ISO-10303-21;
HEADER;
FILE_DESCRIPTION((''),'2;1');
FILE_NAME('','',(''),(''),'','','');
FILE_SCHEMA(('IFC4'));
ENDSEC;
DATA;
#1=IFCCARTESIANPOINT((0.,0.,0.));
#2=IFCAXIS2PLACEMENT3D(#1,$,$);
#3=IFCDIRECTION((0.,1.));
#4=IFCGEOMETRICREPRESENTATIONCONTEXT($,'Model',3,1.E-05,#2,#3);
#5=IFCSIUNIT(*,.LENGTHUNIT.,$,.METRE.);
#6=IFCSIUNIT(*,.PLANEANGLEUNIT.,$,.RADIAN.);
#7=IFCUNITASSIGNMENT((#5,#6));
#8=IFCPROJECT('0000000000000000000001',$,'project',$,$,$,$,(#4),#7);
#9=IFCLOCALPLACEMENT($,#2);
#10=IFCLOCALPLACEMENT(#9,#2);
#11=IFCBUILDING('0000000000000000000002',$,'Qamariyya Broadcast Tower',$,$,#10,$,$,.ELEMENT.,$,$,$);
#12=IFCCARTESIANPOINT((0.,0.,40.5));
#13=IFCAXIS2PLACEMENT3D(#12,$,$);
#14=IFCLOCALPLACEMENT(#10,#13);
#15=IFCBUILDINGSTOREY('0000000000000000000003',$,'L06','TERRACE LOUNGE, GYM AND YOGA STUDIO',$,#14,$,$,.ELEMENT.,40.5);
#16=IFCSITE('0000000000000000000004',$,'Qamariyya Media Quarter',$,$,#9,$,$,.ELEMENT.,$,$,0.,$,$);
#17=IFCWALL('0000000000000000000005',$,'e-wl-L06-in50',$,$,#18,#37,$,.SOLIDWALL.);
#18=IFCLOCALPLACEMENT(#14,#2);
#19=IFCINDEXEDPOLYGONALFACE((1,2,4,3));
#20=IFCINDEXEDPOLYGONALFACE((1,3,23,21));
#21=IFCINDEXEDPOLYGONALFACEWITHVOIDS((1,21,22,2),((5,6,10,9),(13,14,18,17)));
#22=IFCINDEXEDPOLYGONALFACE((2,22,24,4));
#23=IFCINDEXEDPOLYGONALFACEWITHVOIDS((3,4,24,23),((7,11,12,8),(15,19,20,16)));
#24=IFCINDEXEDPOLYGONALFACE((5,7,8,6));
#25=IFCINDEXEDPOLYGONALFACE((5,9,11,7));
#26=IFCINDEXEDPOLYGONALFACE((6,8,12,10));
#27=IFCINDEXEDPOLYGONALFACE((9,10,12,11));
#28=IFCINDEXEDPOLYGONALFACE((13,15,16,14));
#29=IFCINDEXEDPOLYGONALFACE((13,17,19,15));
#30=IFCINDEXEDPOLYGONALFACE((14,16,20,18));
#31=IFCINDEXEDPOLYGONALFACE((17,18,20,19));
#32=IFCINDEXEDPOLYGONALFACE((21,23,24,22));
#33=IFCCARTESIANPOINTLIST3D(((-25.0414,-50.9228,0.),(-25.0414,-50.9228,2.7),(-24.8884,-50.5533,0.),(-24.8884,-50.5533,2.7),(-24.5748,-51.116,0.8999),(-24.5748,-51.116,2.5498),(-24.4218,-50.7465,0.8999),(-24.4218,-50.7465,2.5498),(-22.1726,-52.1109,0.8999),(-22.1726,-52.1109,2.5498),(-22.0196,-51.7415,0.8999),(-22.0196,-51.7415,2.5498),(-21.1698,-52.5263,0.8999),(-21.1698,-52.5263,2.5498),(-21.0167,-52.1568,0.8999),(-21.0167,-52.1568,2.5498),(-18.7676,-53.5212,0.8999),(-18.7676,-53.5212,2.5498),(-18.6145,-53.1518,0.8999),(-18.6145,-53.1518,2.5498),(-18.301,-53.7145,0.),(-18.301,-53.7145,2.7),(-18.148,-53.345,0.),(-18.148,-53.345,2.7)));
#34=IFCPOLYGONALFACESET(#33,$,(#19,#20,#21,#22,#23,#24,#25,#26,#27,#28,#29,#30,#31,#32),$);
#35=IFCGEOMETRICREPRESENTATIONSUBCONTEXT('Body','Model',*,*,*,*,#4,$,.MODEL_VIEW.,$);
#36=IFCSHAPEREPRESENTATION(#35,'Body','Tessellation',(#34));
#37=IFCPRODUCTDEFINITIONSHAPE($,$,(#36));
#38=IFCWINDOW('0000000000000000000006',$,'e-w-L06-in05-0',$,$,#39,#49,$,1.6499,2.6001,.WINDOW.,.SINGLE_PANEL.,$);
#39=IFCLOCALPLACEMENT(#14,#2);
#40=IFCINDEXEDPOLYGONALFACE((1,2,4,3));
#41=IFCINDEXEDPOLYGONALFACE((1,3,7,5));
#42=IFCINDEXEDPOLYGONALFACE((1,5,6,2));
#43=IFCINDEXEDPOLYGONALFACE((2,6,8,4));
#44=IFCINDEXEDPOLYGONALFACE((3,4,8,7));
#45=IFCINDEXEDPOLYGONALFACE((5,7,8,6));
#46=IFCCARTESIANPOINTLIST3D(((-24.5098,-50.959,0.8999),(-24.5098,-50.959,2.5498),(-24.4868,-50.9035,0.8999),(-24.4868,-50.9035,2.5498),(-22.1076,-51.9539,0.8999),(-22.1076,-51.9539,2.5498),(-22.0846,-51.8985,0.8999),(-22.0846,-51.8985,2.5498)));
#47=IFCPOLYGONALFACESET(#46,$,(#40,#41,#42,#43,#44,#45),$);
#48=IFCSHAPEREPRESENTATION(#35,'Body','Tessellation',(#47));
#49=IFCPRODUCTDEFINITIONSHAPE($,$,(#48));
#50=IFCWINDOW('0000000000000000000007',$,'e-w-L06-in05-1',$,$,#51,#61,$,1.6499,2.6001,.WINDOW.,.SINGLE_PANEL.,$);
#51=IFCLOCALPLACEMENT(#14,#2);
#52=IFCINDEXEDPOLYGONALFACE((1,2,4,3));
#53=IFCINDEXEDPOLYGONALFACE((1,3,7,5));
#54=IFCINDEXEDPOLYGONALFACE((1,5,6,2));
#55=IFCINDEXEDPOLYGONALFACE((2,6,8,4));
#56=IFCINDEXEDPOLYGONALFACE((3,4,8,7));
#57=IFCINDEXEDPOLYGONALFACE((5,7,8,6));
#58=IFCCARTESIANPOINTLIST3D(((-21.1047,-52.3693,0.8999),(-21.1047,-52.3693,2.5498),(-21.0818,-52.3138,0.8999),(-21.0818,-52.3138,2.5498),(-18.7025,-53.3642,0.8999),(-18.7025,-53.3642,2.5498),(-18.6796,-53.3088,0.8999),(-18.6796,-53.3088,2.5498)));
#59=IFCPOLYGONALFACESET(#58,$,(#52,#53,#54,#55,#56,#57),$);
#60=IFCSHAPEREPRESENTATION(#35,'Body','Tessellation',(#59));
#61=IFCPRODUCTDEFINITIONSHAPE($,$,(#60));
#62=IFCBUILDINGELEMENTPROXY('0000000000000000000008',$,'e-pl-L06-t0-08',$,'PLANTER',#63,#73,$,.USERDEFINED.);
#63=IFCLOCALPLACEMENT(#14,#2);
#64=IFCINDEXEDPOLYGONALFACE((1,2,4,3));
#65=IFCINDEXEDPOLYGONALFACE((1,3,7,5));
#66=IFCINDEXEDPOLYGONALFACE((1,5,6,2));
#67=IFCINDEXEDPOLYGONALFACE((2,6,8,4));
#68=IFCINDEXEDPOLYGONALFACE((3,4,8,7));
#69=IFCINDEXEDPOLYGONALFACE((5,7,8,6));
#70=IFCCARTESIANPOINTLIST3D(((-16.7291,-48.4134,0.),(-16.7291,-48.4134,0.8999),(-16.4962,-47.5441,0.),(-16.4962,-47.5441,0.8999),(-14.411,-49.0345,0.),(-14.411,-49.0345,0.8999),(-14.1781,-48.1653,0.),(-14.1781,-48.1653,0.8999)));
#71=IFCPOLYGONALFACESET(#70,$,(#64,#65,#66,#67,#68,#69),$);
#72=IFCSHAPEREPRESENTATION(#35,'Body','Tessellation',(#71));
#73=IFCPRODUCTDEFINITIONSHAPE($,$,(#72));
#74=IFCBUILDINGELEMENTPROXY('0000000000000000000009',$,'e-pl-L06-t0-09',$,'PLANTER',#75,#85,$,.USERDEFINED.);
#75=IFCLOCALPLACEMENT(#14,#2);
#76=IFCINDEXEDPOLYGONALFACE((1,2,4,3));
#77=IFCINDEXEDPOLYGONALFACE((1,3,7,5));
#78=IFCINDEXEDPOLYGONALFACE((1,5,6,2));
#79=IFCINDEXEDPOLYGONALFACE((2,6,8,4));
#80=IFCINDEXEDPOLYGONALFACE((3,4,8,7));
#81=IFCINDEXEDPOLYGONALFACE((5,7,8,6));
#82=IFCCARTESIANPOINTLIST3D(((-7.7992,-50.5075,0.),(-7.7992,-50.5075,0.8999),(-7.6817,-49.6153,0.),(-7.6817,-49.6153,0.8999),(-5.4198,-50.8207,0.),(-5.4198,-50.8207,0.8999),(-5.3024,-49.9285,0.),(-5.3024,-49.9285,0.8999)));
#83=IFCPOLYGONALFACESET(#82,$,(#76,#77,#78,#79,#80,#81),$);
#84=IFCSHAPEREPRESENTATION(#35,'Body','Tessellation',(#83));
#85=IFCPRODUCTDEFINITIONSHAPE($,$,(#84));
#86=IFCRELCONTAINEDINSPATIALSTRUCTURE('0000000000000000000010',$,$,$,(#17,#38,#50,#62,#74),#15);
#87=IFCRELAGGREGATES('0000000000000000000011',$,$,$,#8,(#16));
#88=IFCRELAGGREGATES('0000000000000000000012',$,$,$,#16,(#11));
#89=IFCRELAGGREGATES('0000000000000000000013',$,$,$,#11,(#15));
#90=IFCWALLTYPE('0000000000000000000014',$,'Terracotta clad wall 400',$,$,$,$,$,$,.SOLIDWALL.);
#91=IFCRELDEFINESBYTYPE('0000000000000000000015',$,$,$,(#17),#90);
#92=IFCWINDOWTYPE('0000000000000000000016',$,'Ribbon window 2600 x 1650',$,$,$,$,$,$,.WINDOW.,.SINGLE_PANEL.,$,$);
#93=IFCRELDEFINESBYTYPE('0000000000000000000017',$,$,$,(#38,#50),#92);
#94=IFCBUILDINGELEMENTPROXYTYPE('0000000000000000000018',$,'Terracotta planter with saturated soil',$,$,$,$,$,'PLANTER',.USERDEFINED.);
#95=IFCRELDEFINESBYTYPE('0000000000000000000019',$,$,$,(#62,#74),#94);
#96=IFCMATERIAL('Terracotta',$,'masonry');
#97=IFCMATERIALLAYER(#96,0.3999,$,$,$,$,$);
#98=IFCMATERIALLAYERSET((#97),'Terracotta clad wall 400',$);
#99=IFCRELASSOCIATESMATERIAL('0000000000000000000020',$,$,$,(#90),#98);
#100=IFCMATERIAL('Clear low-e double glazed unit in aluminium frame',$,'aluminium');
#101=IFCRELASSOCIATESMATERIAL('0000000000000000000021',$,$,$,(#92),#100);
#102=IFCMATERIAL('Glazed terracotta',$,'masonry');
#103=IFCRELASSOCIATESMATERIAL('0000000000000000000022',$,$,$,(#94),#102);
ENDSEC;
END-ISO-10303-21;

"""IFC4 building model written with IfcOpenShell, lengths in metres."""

from ifc_helpers import new_model, si_unit, direction, frame, frame_2d, origin, origin_2d, place, context, subcontext, project, spatial, rectangle, extrude, material, layer, layer_set, type_object, element, fill, save


model = new_model("IFC4")

# Units and contexts
model_context = context("Model", 3, precision=1e-05, world=origin(), true_north=direction((0.0, 1.0)))
body_context = subcontext(model_context, "Body", "Model", "MODEL_VIEW")
ifc_project = project(units=[si_unit("LENGTHUNIT", "METRE"), si_unit("PLANEANGLEUNIT", "RADIAN")], contexts=[model_context])

# Site, building, storey
site_placement = place(None, origin())
site = spatial("IfcSite", under=ifc_project, at=site_placement, Name="Qamariyya Media Quarter", CompositionType="ELEMENT", RefElevation=0.0)
building_placement = place(site_placement, origin())
building = spatial("IfcBuilding", under=site, at=building_placement, Name="Qamariyya Broadcast Tower", CompositionType="ELEMENT")
storey_placement = place(building_placement, frame((0.0, 0.0, 40.5)))
storey = spatial("IfcBuildingStorey", under=building, at=storey_placement, Name="L06", Description="TERRACE LOUNGE, GYM AND YOGA STUDIO", CompositionType="ELEMENT", Elevation=40.5)

# Wall, openings, windows
ifc_material_1 = material(Name="Terracotta", Category="masonry")
ifc_layer_1 = layer(ifc_material_1, 0.3999)
ifc_layer_set_1 = layer_set([ifc_layer_1], Name="Terracotta clad wall 400")
wall_type_1 = type_object("IfcWallType", Name="Terracotta clad wall 400", PredefinedType="SOLIDWALL", material=ifc_layer_set_1)
ifc_material_2 = material(Name="Clear low-e double glazed unit in aluminium frame", Category="aluminium")
window_type = type_object("IfcWindowType", Name="Ribbon window 2600 x 1650", PartitioningType="SINGLE_PANEL", PredefinedType="WINDOW", material=ifc_material_2)
wall_1_placement = place(storey_placement, frame((-18.2244, -53.5298, 0.0), z_axis=(0.0, 0.0, 1.0), x_axis=(-0.923892, 0.382654, 0.0)))
wall_1 = element("IfcWall", 1, at=wall_1_placement, inside=storey, type_object=wall_type_1, Name="e-wl-L06-in50", PredefinedType="SOLIDWALL", context=body_context, shape_type="SweptSolid", body=[
    extrude(rectangle(XDim=7.2957, YDim=0.3999, at=frame_2d((3.6479, 0.0))), origin(), (0.0, 0.0, 1.0), 2.7),
])
opening_1_placement = place(wall_1_placement, frame((4.1907, 0.0, 0.8999)))
opening_1 = element("IfcOpeningElement", 2, at=opening_1_placement, cuts=wall_1, PredefinedType="OPENING", context=body_context, shape_type="SweptSolid", body=[
    extrude(rectangle(XDim=2.6001, YDim=1.6499, at=frame_2d((1.3, 0.825))), frame((0.0, 0.21, 0.0), z_axis=(0.0, -1.0, 0.0), x_axis=(1.0, 0.0, 0.0)), (0.0, 0.0, 1.0), 0.4199),
])
opening_2_placement = place(wall_1_placement, frame((0.5051, 0.0, 0.8999)))
opening_2 = element("IfcOpeningElement", 3, at=opening_2_placement, cuts=wall_1, PredefinedType="OPENING", context=body_context, shape_type="SweptSolid", body=[
    extrude(rectangle(XDim=2.6001, YDim=1.6499, at=frame_2d((1.3, 0.825))), frame((0.0, 0.21, 0.0), z_axis=(0.0, -1.0, 0.0), x_axis=(1.0, 0.0, 0.0)), (0.0, 0.0, 1.0), 0.4199),
])
window_1_placement = place(opening_1_placement, origin())
window_1 = element("IfcWindow", 4, at=window_1_placement, inside=storey, type_object=window_type, Name="e-w-L06-in05-0", OverallHeight=1.6499, OverallWidth=2.6001, PartitioningType="SINGLE_PANEL", PredefinedType="WINDOW", context=body_context, shape_type="SweptSolid", body=[
    extrude(rectangle(XDim=2.6001, YDim=1.6499, at=frame_2d((1.3, 0.825))), frame((0.0, 0.03, 0.0), z_axis=(0.0, -1.0, 0.0), x_axis=(1.0, 0.0, 0.0)), (0.0, 0.0, 1.0), 0.0601),
])
fill(opening_1, window_1)
window_2_placement = place(opening_2_placement, origin())
window_2 = element("IfcWindow", 5, at=window_2_placement, inside=storey, type_object=window_type, Name="e-w-L06-in05-1", OverallHeight=1.6499, OverallWidth=2.6001, PartitioningType="SINGLE_PANEL", PredefinedType="WINDOW", context=body_context, shape_type="SweptSolid", body=[
    extrude(rectangle(XDim=2.6001, YDim=1.6499, at=frame_2d((1.3, 0.825))), frame((0.0, 0.03, 0.0), z_axis=(0.0, -1.0, 0.0), x_axis=(1.0, 0.0, 0.0)), (0.0, 0.0, 1.0), 0.0601),
])
fill(opening_2, window_2)

# Building element proxies
ifc_material_3 = material(Name="Glazed terracotta", Category="masonry")
building_element_proxy_type = type_object("IfcBuildingElementProxyType", Name="Terracotta planter with saturated soil", ElementType="PLANTER", PredefinedType="USERDEFINED", material=ifc_material_3)
for number, where, z_axis, x_axis, name in (
    (6, (-15.4536, -48.2893, 0.0), (0.0, 0.0, 1.0), (0.965926, -0.258819, 0.0), "e-pl-L06-t0-08"),
    (7, (-6.5508, -50.218, 0.0), (0.0, 0.0, 1.0), (0.991445, -0.130526, 0.0), "e-pl-L06-t0-09"),
):
    element("IfcBuildingElementProxy", number, at=place(storey_placement, frame(where, z_axis=z_axis, x_axis=x_axis)), inside=storey, type_object=building_element_proxy_type, Name=name, ObjectType="PLANTER", PredefinedType="USERDEFINED", context=body_context, shape_type="SweptSolid", body=[
        extrude(rectangle(XDim=2.3999, YDim=0.8999, at=origin_2d()), origin(), (0.0, 0.0, 1.0), 0.8999),
    ])

save(model, "model.ifc")
